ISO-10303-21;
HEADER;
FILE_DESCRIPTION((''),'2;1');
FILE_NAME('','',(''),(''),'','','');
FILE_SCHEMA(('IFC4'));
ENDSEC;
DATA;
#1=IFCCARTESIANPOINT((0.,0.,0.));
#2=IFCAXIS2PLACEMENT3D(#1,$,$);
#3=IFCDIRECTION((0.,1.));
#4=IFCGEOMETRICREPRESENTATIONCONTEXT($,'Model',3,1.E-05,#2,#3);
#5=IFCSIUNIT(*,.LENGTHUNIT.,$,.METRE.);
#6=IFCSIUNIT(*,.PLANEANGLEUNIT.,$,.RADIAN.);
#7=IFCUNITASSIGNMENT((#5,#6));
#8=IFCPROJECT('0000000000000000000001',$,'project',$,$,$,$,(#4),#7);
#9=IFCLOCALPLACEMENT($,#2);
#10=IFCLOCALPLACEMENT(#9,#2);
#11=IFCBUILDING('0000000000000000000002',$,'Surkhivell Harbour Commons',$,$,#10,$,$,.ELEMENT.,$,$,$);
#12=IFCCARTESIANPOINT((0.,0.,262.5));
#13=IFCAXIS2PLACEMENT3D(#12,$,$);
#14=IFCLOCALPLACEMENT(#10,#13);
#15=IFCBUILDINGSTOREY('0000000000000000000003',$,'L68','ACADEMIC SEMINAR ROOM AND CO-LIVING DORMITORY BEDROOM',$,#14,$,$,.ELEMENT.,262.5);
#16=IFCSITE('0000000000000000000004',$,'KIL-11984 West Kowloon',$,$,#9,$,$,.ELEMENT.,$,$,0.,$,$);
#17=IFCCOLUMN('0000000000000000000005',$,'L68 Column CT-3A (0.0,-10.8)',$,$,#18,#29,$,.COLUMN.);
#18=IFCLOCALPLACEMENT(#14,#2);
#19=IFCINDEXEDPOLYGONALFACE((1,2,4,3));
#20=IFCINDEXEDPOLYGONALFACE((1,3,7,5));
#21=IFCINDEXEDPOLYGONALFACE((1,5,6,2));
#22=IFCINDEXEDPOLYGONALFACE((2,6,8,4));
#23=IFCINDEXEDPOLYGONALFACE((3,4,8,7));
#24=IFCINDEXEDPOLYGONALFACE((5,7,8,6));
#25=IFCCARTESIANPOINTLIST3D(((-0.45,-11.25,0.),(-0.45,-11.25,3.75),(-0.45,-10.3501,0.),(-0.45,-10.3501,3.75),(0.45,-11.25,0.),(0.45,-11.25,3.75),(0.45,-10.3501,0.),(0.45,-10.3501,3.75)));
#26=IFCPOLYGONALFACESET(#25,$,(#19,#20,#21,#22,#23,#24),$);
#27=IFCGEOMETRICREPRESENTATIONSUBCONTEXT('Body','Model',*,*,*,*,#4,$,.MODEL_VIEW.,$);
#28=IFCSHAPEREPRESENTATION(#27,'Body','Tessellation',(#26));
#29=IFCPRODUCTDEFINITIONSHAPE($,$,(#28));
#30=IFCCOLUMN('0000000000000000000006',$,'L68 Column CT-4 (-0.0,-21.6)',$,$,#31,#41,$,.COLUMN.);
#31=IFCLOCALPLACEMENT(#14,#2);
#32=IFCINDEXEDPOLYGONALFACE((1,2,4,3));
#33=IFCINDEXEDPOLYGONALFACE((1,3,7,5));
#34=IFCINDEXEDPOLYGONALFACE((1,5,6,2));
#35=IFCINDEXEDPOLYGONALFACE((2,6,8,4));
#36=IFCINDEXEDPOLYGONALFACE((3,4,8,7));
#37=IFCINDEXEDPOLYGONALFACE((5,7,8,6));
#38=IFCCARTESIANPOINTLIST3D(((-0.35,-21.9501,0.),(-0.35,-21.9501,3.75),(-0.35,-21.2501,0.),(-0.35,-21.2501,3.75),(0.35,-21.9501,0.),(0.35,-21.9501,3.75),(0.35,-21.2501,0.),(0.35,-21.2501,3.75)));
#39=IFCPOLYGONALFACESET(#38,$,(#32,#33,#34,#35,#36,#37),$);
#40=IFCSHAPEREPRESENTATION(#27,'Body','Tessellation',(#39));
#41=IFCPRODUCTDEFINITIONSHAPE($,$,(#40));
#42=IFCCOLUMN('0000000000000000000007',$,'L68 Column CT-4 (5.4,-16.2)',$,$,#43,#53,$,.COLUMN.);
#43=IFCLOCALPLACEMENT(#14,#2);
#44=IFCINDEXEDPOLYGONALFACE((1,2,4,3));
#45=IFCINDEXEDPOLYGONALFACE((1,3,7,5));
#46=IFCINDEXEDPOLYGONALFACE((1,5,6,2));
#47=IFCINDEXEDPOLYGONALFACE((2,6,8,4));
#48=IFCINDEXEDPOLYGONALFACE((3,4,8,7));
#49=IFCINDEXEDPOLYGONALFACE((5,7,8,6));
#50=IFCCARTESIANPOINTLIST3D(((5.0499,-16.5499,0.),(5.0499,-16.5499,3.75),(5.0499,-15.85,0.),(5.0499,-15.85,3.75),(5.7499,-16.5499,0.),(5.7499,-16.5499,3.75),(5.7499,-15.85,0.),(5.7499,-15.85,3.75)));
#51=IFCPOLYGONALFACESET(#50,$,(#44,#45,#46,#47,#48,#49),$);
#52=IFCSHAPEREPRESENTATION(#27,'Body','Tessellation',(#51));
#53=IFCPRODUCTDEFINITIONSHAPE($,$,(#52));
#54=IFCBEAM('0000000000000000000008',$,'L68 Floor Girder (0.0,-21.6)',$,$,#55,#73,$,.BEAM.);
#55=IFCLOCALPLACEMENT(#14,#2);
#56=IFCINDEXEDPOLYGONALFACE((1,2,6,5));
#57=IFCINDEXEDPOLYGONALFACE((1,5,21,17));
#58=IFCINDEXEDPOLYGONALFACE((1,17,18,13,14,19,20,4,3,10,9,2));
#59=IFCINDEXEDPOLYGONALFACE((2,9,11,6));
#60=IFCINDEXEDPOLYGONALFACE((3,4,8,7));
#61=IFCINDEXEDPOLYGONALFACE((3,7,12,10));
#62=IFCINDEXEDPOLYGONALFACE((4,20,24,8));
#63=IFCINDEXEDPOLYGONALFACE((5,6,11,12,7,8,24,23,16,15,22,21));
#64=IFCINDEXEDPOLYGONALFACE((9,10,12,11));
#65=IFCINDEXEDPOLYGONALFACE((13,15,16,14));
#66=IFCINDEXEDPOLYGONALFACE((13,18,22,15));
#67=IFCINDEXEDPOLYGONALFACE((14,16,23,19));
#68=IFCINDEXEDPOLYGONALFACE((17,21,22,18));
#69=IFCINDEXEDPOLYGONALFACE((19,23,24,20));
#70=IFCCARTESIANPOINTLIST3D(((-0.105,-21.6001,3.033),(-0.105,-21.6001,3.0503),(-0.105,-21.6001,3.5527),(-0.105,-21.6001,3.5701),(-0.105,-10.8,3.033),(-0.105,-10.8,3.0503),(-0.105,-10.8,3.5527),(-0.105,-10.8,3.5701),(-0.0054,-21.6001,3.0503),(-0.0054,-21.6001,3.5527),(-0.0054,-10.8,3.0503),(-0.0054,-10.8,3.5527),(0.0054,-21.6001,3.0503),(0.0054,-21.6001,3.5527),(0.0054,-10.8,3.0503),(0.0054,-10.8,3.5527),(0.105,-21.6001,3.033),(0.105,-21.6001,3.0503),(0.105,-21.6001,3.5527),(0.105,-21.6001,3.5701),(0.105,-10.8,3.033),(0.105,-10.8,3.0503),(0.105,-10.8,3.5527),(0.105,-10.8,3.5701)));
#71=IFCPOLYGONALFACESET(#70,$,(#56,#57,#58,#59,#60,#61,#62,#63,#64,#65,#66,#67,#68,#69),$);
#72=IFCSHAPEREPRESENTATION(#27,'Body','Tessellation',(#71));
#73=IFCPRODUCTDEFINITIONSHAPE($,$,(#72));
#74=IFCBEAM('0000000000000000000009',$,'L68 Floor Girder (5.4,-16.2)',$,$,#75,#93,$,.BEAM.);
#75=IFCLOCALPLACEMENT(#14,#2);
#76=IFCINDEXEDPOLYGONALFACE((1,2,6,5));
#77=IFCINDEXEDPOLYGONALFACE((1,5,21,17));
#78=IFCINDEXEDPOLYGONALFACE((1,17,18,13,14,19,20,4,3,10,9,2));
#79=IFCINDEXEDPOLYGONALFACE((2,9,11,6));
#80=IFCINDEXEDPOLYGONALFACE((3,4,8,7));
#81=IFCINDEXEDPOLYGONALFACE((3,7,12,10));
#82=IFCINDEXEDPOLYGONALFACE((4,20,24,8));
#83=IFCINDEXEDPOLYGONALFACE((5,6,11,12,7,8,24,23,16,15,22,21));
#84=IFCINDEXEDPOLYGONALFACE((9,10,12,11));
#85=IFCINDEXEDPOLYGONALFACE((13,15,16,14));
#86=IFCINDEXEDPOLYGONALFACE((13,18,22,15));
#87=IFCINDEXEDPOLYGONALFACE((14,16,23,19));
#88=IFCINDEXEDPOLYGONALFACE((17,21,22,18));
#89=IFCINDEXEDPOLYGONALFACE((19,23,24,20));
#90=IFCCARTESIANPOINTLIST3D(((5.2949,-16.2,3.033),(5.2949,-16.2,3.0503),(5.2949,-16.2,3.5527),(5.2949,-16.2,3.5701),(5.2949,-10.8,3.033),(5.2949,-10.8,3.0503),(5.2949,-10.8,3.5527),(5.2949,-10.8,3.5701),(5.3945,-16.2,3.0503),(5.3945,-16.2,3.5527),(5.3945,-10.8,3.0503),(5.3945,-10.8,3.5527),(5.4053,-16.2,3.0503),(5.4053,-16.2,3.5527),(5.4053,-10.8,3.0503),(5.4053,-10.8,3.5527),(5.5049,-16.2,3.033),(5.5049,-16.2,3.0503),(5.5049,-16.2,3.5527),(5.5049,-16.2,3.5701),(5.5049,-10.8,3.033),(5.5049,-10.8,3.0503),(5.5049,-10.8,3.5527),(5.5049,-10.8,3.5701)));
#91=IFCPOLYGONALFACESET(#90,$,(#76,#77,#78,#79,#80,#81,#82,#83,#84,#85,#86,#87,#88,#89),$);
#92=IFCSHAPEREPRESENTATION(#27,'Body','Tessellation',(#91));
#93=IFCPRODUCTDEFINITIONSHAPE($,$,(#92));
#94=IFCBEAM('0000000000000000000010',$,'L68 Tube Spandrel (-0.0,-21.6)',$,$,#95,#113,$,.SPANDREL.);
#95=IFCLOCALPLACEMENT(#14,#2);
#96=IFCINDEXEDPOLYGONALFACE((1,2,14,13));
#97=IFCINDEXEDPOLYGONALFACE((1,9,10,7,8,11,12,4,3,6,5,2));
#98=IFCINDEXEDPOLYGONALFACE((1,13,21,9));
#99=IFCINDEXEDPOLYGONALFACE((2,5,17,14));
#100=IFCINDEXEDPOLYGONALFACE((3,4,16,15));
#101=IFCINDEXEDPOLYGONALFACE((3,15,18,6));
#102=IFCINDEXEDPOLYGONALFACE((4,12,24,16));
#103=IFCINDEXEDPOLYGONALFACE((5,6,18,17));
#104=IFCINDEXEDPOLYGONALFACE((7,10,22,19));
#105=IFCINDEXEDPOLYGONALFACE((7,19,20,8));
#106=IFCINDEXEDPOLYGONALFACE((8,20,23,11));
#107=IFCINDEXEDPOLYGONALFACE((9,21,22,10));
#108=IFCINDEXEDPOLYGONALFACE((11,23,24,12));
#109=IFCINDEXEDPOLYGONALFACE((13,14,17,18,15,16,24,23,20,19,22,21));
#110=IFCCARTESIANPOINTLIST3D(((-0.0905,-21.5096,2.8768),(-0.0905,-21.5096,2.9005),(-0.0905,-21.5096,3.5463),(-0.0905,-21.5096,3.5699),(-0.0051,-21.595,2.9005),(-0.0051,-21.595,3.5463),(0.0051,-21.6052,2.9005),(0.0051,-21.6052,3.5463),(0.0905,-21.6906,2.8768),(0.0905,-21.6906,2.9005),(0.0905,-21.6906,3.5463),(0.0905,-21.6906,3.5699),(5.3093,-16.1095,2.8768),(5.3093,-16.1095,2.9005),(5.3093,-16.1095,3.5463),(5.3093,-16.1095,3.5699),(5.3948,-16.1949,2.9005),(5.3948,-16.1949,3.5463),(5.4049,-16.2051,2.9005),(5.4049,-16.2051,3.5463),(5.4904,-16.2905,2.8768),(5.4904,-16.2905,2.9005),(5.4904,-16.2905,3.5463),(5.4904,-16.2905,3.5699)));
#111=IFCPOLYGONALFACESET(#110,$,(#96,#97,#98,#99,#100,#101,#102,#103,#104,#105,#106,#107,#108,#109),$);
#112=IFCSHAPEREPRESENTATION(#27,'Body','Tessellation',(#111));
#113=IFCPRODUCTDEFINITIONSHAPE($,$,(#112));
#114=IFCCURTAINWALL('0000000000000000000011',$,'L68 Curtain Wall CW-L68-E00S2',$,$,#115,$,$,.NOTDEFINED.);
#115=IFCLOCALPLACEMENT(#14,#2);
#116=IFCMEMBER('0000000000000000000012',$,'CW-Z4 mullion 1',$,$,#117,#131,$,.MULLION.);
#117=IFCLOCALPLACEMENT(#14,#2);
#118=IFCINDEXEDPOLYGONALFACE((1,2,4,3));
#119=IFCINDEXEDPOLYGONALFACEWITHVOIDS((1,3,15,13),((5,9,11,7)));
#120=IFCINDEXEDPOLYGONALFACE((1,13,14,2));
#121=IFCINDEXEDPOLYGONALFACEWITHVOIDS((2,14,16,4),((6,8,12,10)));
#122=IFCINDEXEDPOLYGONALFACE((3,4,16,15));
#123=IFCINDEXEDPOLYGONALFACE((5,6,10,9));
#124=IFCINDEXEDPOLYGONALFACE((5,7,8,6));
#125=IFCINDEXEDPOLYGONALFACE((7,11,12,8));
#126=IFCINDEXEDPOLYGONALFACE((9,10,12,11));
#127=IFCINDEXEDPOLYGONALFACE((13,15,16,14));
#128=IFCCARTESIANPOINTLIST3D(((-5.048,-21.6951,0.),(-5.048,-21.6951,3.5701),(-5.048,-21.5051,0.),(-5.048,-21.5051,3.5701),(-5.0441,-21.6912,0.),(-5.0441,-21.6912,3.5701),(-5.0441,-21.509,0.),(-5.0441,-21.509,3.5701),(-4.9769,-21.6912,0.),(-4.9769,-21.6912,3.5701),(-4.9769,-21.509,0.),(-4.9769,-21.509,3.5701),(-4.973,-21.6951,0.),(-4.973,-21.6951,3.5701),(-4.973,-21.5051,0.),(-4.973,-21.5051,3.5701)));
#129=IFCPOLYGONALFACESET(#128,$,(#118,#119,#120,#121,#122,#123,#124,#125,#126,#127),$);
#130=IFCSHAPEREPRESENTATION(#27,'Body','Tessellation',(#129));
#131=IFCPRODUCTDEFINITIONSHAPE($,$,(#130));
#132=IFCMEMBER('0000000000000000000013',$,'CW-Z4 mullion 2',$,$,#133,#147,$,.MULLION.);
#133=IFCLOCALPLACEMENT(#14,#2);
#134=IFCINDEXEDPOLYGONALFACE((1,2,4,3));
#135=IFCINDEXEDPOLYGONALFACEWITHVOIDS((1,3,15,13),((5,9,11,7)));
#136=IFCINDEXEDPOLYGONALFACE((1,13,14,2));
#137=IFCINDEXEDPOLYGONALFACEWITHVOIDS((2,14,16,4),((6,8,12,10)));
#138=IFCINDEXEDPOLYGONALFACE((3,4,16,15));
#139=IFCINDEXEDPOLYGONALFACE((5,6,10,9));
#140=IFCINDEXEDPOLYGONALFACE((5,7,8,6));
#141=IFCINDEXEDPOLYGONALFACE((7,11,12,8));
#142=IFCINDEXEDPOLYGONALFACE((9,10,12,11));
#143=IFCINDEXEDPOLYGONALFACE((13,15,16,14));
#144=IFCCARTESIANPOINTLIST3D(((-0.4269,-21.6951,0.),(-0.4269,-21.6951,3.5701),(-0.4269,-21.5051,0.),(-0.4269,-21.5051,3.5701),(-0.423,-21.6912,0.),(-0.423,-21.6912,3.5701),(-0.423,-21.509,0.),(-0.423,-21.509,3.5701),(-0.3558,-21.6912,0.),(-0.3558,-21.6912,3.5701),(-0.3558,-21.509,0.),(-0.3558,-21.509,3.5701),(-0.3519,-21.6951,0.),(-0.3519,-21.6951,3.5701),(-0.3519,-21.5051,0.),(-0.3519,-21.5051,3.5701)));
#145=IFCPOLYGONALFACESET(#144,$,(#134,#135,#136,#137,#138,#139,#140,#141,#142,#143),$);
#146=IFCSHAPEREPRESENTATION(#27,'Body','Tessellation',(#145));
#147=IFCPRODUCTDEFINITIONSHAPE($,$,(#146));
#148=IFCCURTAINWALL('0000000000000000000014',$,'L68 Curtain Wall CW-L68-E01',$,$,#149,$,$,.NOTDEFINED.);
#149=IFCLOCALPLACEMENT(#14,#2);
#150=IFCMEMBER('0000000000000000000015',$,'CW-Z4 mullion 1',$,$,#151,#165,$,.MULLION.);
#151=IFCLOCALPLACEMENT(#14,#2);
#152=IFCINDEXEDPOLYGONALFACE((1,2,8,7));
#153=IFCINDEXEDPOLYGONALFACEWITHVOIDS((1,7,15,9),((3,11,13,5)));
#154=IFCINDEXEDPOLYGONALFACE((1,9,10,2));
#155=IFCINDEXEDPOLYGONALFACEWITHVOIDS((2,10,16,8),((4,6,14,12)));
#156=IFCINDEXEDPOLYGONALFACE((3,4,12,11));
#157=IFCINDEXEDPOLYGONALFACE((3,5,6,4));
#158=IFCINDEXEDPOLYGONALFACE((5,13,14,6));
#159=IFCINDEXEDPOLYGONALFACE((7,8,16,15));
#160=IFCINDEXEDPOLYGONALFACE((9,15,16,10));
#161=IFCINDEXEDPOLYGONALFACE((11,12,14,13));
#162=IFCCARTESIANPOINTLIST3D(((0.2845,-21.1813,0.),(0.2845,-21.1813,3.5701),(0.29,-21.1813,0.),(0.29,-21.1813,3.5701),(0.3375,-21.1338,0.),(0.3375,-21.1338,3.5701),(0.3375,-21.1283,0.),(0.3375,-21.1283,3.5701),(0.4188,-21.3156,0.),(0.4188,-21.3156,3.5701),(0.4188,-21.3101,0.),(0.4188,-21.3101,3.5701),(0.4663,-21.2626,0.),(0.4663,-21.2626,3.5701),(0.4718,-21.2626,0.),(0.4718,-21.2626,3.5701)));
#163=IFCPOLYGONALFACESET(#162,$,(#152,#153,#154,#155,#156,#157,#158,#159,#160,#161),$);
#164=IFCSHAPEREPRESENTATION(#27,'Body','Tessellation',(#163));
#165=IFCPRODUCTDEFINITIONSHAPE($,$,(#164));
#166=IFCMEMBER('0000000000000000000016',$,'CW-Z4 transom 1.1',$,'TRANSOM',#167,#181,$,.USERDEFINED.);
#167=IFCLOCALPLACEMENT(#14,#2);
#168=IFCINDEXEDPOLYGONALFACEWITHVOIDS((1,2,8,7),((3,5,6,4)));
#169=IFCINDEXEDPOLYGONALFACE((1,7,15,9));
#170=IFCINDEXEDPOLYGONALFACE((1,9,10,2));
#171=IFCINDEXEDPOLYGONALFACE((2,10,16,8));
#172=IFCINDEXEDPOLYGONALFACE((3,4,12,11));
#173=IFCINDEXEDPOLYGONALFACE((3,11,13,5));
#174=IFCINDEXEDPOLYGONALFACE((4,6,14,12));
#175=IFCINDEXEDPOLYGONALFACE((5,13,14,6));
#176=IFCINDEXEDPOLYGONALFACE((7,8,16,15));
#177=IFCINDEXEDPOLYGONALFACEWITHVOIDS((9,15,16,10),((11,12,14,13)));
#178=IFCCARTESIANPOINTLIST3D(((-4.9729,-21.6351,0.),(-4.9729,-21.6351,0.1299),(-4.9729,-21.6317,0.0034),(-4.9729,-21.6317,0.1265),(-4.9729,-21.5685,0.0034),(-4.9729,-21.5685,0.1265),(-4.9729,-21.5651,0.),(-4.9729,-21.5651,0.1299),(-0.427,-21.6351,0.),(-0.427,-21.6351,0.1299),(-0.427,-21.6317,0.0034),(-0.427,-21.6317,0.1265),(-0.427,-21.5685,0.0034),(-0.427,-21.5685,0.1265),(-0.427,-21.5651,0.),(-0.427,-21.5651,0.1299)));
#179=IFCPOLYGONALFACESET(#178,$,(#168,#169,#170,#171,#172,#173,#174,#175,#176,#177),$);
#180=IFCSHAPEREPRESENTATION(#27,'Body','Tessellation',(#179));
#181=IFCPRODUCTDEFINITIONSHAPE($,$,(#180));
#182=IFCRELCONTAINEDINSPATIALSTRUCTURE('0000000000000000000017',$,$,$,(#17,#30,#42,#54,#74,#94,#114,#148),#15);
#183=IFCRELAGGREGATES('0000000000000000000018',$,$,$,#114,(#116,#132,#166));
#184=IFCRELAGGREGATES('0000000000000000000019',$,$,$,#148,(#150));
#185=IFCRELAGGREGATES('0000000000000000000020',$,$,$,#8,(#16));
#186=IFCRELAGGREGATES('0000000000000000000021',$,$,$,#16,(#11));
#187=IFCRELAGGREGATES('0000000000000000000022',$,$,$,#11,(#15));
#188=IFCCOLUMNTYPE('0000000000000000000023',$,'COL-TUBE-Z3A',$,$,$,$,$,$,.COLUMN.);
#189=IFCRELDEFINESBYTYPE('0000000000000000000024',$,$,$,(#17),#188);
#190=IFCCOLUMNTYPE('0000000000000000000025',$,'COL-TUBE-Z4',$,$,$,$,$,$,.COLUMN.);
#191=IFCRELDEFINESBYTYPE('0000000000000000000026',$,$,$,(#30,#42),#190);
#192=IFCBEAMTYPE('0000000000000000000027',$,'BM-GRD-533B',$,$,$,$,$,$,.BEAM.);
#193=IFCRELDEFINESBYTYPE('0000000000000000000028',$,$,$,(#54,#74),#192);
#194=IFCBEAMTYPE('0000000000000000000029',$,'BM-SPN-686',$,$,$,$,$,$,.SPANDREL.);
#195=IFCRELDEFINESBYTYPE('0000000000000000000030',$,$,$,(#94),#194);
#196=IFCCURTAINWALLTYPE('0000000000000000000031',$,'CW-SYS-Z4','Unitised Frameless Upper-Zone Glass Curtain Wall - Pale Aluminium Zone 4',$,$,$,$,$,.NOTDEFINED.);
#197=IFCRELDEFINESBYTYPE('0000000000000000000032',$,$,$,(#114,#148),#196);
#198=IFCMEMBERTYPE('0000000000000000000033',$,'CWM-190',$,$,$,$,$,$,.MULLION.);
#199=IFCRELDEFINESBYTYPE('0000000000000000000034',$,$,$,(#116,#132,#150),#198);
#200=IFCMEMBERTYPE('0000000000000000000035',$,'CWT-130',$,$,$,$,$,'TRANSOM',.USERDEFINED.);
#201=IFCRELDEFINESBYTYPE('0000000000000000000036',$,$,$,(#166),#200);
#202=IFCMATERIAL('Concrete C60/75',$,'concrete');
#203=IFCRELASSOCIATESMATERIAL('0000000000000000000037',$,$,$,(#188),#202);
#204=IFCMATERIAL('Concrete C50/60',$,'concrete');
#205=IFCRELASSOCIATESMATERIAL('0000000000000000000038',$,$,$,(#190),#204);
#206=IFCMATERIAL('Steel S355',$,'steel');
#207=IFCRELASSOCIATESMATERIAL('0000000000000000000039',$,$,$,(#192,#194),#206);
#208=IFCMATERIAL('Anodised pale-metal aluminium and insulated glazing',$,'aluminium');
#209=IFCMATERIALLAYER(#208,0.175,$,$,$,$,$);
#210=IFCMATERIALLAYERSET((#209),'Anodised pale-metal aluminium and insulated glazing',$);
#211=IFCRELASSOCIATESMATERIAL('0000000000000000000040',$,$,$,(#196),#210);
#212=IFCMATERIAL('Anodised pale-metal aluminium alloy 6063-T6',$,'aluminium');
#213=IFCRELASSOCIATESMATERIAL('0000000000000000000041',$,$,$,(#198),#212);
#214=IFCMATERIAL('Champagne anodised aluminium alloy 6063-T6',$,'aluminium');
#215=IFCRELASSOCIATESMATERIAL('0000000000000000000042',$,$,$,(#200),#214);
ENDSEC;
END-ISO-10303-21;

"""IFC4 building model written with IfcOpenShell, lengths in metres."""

from ifc_helpers import new_model, si_unit, direction, frame, origin, origin_2d, place, context, subcontext, project, spatial, rectangle, hollow_rectangle, i_section, extrude, material, layer, layer_set, material_profile, profile_set, type_object, element, aggregate, save


model = new_model("IFC4")

# Units and contexts
model_context = context("Model", 3, precision=1e-05, world=origin(), true_north=direction((0.0, 1.0)))
body_context = subcontext(model_context, "Body", "Model", "MODEL_VIEW")
ifc_project = project(units=[si_unit("LENGTHUNIT", "METRE"), si_unit("PLANEANGLEUNIT", "RADIAN")], contexts=[model_context])

# Site, building, storey
site_placement = place(None, origin())
site = spatial("IfcSite", under=ifc_project, at=site_placement, Name="KIL-11984 West Kowloon", CompositionType="ELEMENT", RefElevation=0.0)
building_placement = place(site_placement, origin())
building = spatial("IfcBuilding", under=site, at=building_placement, Name="Surkhivell Harbour Commons", CompositionType="ELEMENT")
storey_placement = place(building_placement, frame((0.0, 0.0, 262.5)))
storey = spatial("IfcBuildingStorey", under=building, at=storey_placement, Name="L68", Description="ACADEMIC SEMINAR ROOM AND CO-LIVING DORMITORY BEDROOM", CompositionType="ELEMENT", Elevation=262.5)

# Columns
ifc_material_1 = material(Name="Concrete C60/75", Category="concrete")
ifc_material_profile_1 = material_profile(ifc_material_1, rectangle(XDim=0.8999, YDim=0.8999, at=origin_2d()), Name="RC-COL-900x900")
ifc_profile_set_1 = profile_set([ifc_material_profile_1], Name="Concrete C60/75")
column_type_1 = type_object("IfcColumnType", Name="COL-TUBE-Z3A", PredefinedType="COLUMN", material=ifc_profile_set_1)
column_placement = place(storey_placement, frame((0.0, -10.8, 0.0), z_axis=(0.0, 0.0, 1.0), x_axis=(1.0, 0.0, 0.0)))
element("IfcColumn", 1, at=column_placement, inside=storey, type_object=column_type_1, Name="L68 Column CT-3A (0.0,-10.8)", PredefinedType="COLUMN", context=body_context, shape_type="SweptSolid", body=[
    extrude(rectangle(XDim=0.8999, YDim=0.8999, at=origin_2d()), origin(), (0.0, 0.0, 1.0), 3.75),
])
ifc_material_2 = material(Name="Concrete C50/60", Category="concrete")
ifc_material_profile_2 = material_profile(ifc_material_2, rectangle(XDim=0.7, YDim=0.7, at=origin_2d()), Name="RC-COL-700x700")
ifc_profile_set_2 = profile_set([ifc_material_profile_2], Name="Concrete C50/60")
column_type_2 = type_object("IfcColumnType", Name="COL-TUBE-Z4", PredefinedType="COLUMN", material=ifc_profile_set_2)
for number, where, z_axis, x_axis, name in (
    (2, (0.0, -21.6001, 0.0), (0.0, 0.0, 1.0), (1.0, 0.0, 0.0), "L68 Column CT-4 (-0.0,-21.6)"),
    (3, (5.3999, -16.2, 0.0), (0.0, 0.0, 1.0), (1.0, 0.0, 0.0), "L68 Column CT-4 (5.4,-16.2)"),
):
    element("IfcColumn", number, at=place(storey_placement, frame(where, z_axis=z_axis, x_axis=x_axis)), inside=storey, type_object=column_type_2, Name=name, PredefinedType="COLUMN", context=body_context, shape_type="SweptSolid", body=[
        extrude(rectangle(XDim=0.7, YDim=0.7, at=origin_2d()), origin(), (0.0, 0.0, 1.0), 3.75),
    ])

# Beams
ifc_material_3 = material(Name="Steel S355", Category="steel")
ifc_material_profile_3 = material_profile(ifc_material_3, i_section(OverallWidth=0.21, OverallDepth=0.5371, WebThickness=0.0107, FlangeThickness=0.0173, at=origin_2d()), Name="UB533x210x101")
ifc_profile_set_3 = profile_set([ifc_material_profile_3], Name="Steel S355")
beam_type_1 = type_object("IfcBeamType", Name="BM-GRD-533B", PredefinedType="BEAM", material=ifc_profile_set_3)
beam_1_placement = place(storey_placement, frame((0.0, -21.6001, 3.3015), z_axis=(0.0, 1.0, 0.0), x_axis=(-1.0, 0.0, 0.0)))
element("IfcBeam", 4, at=beam_1_placement, inside=storey, type_object=beam_type_1, Name="L68 Floor Girder (0.0,-21.6)", PredefinedType="BEAM", context=body_context, shape_type="SweptSolid", body=[
    extrude(i_section(OverallWidth=0.21, OverallDepth=0.5371, WebThickness=0.0107, FlangeThickness=0.0173, at=origin_2d()), origin(), (0.0, 0.0, 1.0), 10.8),
])
beam_2_placement = place(storey_placement, frame((5.3999, -16.2, 3.3015), z_axis=(0.0, 1.0, 0.0), x_axis=(-1.0, 0.0, 0.0)))
element("IfcBeam", 5, at=beam_2_placement, inside=storey, type_object=beam_type_1, Name="L68 Floor Girder (5.4,-16.2)", PredefinedType="BEAM", context=body_context, shape_type="SweptSolid", body=[
    extrude(i_section(OverallWidth=0.21, OverallDepth=0.5371, WebThickness=0.0107, FlangeThickness=0.0173, at=origin_2d()), origin(), (0.0, 0.0, 1.0), 5.3999),
])
ifc_material_profile_4 = material_profile(ifc_material_3, i_section(OverallWidth=0.2561, OverallDepth=0.6931, WebThickness=0.0144, FlangeThickness=0.0237, at=origin_2d()), Name="UB686x254x170")
ifc_profile_set_4 = profile_set([ifc_material_profile_4], Name="Steel S355")
beam_type_2 = type_object("IfcBeamType", Name="BM-SPN-686", PredefinedType="SPANDREL", material=ifc_profile_set_4)
beam_3_placement = place(storey_placement, frame((0.0, -21.6001, 3.2234), z_axis=(0.707091, 0.707123, 0.0), x_axis=(-0.707123, 0.707091, 0.0)))
element("IfcBeam", 6, at=beam_3_placement, inside=storey, type_object=beam_type_2, Name="L68 Tube Spandrel (-0.0,-21.6)", PredefinedType="SPANDREL", context=body_context, shape_type="SweptSolid", body=[
    extrude(i_section(OverallWidth=0.2561, OverallDepth=0.6931, WebThickness=0.0144, FlangeThickness=0.0237, at=origin_2d()), origin(), (0.0, 0.0, 1.0), 7.6367),
])

# Curtain wall, members
ifc_material_4 = material(Name="Anodised pale-metal aluminium and insulated glazing", Category="aluminium")
ifc_layer_1 = layer(ifc_material_4, 0.175)
ifc_layer_set_1 = layer_set([ifc_layer_1], Name="Anodised pale-metal aluminium and insulated glazing")
curtain_wall_type = type_object("IfcCurtainWallType", Name="CW-SYS-Z4", Description="Unitised Frameless Upper-Zone Glass Curtain Wall - Pale Aluminium Zone 4", PredefinedType="NOTDEFINED", material=ifc_layer_set_1)
curtain_wall_1_placement = place(storey_placement, origin())
curtain_wall_1 = element("IfcCurtainWall", 7, at=curtain_wall_1_placement, inside=storey, type_object=curtain_wall_type, Name="L68 Curtain Wall CW-L68-E00S2", PredefinedType="NOTDEFINED")
ifc_material_5 = material(Name="Anodised pale-metal aluminium alloy 6063-T6", Category="aluminium")
ifc_material_profile_5 = material_profile(ifc_material_5, hollow_rectangle(XDim=0.075, YDim=0.1899, WallThickness=0.0039, at=origin_2d()), Name="ALU-MULL-75x190")
ifc_profile_set_5 = profile_set([ifc_material_profile_5], Name="Anodised pale-metal aluminium alloy 6063-T6")
member_type_1 = type_object("IfcMemberType", Name="CWM-190", PredefinedType="MULLION", material=ifc_profile_set_5)
member_1_placement = place(storey_placement, frame((-5.0105, -21.6001, 0.0), z_axis=(0.0, 0.0, 1.0), x_axis=(1.0, 0.0, 0.0)))
member_1 = element("IfcMember", 8, at=member_1_placement, type_object=member_type_1, Name="CW-Z4 mullion 1", PredefinedType="MULLION", context=body_context, shape_type="SweptSolid", body=[
    extrude(hollow_rectangle(XDim=0.075, YDim=0.1899, WallThickness=0.0039, at=origin_2d()), origin(), (0.0, 0.0, 1.0), 3.5701),
])
member_2_placement = place(storey_placement, frame((-0.3894, -21.6001, 0.0), z_axis=(0.0, 0.0, 1.0), x_axis=(1.0, 0.0, 0.0)))
member_2 = element("IfcMember", 9, at=member_2_placement, type_object=member_type_1, Name="CW-Z4 mullion 2", PredefinedType="MULLION", context=body_context, shape_type="SweptSolid", body=[
    extrude(hollow_rectangle(XDim=0.075, YDim=0.1899, WallThickness=0.0039, at=origin_2d()), origin(), (0.0, 0.0, 1.0), 3.5701),
])

# Curtain wall, member
curtain_wall_2_placement = place(storey_placement, origin())
curtain_wall_2 = element("IfcCurtainWall", 10, at=curtain_wall_2_placement, inside=storey, type_object=curtain_wall_type, Name="L68 Curtain Wall CW-L68-E01", PredefinedType="NOTDEFINED")
member_3_placement = place(storey_placement, frame((0.3782, -21.2219, 0.0), z_axis=(0.0, 0.0, 1.0), x_axis=(0.707107, 0.707107, 0.0)))
member_3 = element("IfcMember", 11, at=member_3_placement, type_object=member_type_1, Name="CW-Z4 mullion 1", PredefinedType="MULLION", context=body_context, shape_type="SweptSolid", body=[
    extrude(hollow_rectangle(XDim=0.075, YDim=0.1899, WallThickness=0.0039, at=origin_2d()), origin(), (0.0, 0.0, 1.0), 3.5701),
])

# Member
ifc_material_6 = material(Name="Champagne anodised aluminium alloy 6063-T6", Category="aluminium")
ifc_material_profile_6 = material_profile(ifc_material_6, hollow_rectangle(XDim=0.0701, YDim=0.1299, WallThickness=0.0034, at=origin_2d()), Name="ALU-TRAN-70x130")
ifc_profile_set_6 = profile_set([ifc_material_profile_6], Name="Champagne anodised aluminium alloy 6063-T6")
member_type_2 = type_object("IfcMemberType", Name="CWT-130", ElementType="TRANSOM", PredefinedType="USERDEFINED", material=ifc_profile_set_6)
member_4_placement = place(storey_placement, frame((-4.9729, -21.6001, 0.0649), z_axis=(1.0, 0.0, 0.0), x_axis=(0.0, 1.0, 0.0)))
member_4 = element("IfcMember", 12, at=member_4_placement, type_object=member_type_2, Name="CW-Z4 transom 1.1", ObjectType="TRANSOM", PredefinedType="USERDEFINED", context=body_context, shape_type="SweptSolid", body=[
    extrude(hollow_rectangle(XDim=0.0701, YDim=0.1299, WallThickness=0.0034, at=origin_2d()), origin(), (0.0, 0.0, 1.0), 4.5459),
])

aggregate(curtain_wall_1, [member_1, member_2, member_4])
aggregate(curtain_wall_2, [member_3])

save(model, "model.ifc")
